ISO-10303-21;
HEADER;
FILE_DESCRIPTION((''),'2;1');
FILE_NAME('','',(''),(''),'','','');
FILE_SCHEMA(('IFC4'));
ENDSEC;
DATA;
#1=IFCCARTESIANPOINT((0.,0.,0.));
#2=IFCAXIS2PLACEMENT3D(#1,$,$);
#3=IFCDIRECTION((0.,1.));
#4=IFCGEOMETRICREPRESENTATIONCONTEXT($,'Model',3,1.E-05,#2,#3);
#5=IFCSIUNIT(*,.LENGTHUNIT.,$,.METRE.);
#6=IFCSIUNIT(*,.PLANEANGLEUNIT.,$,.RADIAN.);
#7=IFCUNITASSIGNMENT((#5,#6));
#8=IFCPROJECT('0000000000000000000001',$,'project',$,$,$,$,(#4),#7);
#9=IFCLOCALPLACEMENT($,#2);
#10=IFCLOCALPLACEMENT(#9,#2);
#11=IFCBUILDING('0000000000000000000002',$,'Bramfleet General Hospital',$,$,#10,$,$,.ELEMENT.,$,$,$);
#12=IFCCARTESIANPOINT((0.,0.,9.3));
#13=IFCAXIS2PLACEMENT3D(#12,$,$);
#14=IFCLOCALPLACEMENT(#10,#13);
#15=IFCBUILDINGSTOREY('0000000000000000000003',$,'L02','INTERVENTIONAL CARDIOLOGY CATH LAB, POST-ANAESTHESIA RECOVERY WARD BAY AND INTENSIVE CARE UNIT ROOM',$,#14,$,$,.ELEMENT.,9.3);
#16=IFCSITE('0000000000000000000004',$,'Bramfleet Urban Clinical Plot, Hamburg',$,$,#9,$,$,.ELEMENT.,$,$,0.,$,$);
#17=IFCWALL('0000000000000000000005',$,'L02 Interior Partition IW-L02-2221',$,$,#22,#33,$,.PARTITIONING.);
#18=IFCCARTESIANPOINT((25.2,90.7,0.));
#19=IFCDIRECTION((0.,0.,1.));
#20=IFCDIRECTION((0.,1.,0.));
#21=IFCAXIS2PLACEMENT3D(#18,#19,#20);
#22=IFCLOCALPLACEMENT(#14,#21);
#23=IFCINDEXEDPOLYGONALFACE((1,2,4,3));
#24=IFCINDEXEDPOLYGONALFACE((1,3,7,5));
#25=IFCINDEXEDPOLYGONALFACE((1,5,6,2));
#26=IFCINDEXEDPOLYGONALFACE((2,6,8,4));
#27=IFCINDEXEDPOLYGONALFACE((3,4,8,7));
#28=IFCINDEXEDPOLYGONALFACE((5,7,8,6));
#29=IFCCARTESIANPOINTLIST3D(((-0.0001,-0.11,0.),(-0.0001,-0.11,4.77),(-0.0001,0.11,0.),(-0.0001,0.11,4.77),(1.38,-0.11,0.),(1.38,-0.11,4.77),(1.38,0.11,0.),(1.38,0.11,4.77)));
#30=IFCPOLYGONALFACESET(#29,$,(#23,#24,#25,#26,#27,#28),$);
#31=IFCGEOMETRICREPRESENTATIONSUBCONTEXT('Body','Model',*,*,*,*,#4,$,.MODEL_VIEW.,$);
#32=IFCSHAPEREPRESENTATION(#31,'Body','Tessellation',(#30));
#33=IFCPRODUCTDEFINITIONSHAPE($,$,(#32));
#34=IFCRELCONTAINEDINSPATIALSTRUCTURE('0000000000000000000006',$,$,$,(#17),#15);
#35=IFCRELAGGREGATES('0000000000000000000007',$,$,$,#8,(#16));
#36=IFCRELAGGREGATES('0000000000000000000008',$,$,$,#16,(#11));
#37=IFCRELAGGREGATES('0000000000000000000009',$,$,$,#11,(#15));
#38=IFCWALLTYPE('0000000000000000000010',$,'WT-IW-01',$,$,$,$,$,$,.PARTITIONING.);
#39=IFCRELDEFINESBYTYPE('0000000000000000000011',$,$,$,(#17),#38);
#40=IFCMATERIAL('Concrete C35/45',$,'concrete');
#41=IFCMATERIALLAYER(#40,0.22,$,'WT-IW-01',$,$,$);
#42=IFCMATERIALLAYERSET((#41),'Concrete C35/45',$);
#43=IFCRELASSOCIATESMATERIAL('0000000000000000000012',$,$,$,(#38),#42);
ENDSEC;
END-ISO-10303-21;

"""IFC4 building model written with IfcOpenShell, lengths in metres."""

from ifc_helpers import new_model, si_unit, direction, frame, frame_2d, origin, place, context, subcontext, project, spatial, rectangle, extrude, material, layer, layer_set, type_object, element, save


model = new_model("IFC4")

# Units and contexts
model_context = context("Model", 3, precision=1e-05, world=origin(), true_north=direction((0.0, 1.0)))
body_context = subcontext(model_context, "Body", "Model", "MODEL_VIEW")
ifc_project = project(units=[si_unit("LENGTHUNIT", "METRE"), si_unit("PLANEANGLEUNIT", "RADIAN")], contexts=[model_context])

# Site, building, storey
site_placement = place(None, origin())
site = spatial("IfcSite", under=ifc_project, at=site_placement, Name="Bramfleet Urban Clinical Plot, Hamburg", CompositionType="ELEMENT", RefElevation=0.0)
building_placement = place(site_placement, origin())
building = spatial("IfcBuilding", under=site, at=building_placement, Name="Bramfleet General Hospital", CompositionType="ELEMENT")
storey_placement = place(building_placement, frame((0.0, 0.0, 9.3)))
storey = spatial("IfcBuildingStorey", under=building, at=storey_placement, Name="L02", Description="INTERVENTIONAL CARDIOLOGY CATH LAB, POST-ANAESTHESIA RECOVERY WARD BAY AND INTENSIVE CARE UNIT ROOM", CompositionType="ELEMENT", Elevation=9.3)

# Shared definitions
ifc_material_1 = material(Name="Concrete C35/45", Category="concrete")

# Shared definitions
ifc_layer_1 = layer(ifc_material_1, 0.22, Name="WT-IW-01")
ifc_layer_set_1 = layer_set([ifc_layer_1], Name="Concrete C35/45")
wall_type_1 = type_object("IfcWallType", Name="WT-IW-01", PredefinedType="PARTITIONING", material=ifc_layer_set_1)

# Wall
wall_1_placement = place(storey_placement, frame((25.2, 90.7, 0.0), z_axis=(0.0, 0.0, 1.0), x_axis=(0.0, 1.0, 0.0)))
element("IfcWall", 1, at=wall_1_placement, inside=storey, type_object=wall_type_1, Name="L02 Interior Partition IW-L02-2221", PredefinedType="PARTITIONING", context=body_context, shape_type="SweptSolid", body=[
    extrude(rectangle(XDim=1.3801, YDim=0.22, at=frame_2d((0.6899, 0.0))), origin(), (0.0, 0.0, 1.0), 4.77),
])

save(model, "model.ifc")
